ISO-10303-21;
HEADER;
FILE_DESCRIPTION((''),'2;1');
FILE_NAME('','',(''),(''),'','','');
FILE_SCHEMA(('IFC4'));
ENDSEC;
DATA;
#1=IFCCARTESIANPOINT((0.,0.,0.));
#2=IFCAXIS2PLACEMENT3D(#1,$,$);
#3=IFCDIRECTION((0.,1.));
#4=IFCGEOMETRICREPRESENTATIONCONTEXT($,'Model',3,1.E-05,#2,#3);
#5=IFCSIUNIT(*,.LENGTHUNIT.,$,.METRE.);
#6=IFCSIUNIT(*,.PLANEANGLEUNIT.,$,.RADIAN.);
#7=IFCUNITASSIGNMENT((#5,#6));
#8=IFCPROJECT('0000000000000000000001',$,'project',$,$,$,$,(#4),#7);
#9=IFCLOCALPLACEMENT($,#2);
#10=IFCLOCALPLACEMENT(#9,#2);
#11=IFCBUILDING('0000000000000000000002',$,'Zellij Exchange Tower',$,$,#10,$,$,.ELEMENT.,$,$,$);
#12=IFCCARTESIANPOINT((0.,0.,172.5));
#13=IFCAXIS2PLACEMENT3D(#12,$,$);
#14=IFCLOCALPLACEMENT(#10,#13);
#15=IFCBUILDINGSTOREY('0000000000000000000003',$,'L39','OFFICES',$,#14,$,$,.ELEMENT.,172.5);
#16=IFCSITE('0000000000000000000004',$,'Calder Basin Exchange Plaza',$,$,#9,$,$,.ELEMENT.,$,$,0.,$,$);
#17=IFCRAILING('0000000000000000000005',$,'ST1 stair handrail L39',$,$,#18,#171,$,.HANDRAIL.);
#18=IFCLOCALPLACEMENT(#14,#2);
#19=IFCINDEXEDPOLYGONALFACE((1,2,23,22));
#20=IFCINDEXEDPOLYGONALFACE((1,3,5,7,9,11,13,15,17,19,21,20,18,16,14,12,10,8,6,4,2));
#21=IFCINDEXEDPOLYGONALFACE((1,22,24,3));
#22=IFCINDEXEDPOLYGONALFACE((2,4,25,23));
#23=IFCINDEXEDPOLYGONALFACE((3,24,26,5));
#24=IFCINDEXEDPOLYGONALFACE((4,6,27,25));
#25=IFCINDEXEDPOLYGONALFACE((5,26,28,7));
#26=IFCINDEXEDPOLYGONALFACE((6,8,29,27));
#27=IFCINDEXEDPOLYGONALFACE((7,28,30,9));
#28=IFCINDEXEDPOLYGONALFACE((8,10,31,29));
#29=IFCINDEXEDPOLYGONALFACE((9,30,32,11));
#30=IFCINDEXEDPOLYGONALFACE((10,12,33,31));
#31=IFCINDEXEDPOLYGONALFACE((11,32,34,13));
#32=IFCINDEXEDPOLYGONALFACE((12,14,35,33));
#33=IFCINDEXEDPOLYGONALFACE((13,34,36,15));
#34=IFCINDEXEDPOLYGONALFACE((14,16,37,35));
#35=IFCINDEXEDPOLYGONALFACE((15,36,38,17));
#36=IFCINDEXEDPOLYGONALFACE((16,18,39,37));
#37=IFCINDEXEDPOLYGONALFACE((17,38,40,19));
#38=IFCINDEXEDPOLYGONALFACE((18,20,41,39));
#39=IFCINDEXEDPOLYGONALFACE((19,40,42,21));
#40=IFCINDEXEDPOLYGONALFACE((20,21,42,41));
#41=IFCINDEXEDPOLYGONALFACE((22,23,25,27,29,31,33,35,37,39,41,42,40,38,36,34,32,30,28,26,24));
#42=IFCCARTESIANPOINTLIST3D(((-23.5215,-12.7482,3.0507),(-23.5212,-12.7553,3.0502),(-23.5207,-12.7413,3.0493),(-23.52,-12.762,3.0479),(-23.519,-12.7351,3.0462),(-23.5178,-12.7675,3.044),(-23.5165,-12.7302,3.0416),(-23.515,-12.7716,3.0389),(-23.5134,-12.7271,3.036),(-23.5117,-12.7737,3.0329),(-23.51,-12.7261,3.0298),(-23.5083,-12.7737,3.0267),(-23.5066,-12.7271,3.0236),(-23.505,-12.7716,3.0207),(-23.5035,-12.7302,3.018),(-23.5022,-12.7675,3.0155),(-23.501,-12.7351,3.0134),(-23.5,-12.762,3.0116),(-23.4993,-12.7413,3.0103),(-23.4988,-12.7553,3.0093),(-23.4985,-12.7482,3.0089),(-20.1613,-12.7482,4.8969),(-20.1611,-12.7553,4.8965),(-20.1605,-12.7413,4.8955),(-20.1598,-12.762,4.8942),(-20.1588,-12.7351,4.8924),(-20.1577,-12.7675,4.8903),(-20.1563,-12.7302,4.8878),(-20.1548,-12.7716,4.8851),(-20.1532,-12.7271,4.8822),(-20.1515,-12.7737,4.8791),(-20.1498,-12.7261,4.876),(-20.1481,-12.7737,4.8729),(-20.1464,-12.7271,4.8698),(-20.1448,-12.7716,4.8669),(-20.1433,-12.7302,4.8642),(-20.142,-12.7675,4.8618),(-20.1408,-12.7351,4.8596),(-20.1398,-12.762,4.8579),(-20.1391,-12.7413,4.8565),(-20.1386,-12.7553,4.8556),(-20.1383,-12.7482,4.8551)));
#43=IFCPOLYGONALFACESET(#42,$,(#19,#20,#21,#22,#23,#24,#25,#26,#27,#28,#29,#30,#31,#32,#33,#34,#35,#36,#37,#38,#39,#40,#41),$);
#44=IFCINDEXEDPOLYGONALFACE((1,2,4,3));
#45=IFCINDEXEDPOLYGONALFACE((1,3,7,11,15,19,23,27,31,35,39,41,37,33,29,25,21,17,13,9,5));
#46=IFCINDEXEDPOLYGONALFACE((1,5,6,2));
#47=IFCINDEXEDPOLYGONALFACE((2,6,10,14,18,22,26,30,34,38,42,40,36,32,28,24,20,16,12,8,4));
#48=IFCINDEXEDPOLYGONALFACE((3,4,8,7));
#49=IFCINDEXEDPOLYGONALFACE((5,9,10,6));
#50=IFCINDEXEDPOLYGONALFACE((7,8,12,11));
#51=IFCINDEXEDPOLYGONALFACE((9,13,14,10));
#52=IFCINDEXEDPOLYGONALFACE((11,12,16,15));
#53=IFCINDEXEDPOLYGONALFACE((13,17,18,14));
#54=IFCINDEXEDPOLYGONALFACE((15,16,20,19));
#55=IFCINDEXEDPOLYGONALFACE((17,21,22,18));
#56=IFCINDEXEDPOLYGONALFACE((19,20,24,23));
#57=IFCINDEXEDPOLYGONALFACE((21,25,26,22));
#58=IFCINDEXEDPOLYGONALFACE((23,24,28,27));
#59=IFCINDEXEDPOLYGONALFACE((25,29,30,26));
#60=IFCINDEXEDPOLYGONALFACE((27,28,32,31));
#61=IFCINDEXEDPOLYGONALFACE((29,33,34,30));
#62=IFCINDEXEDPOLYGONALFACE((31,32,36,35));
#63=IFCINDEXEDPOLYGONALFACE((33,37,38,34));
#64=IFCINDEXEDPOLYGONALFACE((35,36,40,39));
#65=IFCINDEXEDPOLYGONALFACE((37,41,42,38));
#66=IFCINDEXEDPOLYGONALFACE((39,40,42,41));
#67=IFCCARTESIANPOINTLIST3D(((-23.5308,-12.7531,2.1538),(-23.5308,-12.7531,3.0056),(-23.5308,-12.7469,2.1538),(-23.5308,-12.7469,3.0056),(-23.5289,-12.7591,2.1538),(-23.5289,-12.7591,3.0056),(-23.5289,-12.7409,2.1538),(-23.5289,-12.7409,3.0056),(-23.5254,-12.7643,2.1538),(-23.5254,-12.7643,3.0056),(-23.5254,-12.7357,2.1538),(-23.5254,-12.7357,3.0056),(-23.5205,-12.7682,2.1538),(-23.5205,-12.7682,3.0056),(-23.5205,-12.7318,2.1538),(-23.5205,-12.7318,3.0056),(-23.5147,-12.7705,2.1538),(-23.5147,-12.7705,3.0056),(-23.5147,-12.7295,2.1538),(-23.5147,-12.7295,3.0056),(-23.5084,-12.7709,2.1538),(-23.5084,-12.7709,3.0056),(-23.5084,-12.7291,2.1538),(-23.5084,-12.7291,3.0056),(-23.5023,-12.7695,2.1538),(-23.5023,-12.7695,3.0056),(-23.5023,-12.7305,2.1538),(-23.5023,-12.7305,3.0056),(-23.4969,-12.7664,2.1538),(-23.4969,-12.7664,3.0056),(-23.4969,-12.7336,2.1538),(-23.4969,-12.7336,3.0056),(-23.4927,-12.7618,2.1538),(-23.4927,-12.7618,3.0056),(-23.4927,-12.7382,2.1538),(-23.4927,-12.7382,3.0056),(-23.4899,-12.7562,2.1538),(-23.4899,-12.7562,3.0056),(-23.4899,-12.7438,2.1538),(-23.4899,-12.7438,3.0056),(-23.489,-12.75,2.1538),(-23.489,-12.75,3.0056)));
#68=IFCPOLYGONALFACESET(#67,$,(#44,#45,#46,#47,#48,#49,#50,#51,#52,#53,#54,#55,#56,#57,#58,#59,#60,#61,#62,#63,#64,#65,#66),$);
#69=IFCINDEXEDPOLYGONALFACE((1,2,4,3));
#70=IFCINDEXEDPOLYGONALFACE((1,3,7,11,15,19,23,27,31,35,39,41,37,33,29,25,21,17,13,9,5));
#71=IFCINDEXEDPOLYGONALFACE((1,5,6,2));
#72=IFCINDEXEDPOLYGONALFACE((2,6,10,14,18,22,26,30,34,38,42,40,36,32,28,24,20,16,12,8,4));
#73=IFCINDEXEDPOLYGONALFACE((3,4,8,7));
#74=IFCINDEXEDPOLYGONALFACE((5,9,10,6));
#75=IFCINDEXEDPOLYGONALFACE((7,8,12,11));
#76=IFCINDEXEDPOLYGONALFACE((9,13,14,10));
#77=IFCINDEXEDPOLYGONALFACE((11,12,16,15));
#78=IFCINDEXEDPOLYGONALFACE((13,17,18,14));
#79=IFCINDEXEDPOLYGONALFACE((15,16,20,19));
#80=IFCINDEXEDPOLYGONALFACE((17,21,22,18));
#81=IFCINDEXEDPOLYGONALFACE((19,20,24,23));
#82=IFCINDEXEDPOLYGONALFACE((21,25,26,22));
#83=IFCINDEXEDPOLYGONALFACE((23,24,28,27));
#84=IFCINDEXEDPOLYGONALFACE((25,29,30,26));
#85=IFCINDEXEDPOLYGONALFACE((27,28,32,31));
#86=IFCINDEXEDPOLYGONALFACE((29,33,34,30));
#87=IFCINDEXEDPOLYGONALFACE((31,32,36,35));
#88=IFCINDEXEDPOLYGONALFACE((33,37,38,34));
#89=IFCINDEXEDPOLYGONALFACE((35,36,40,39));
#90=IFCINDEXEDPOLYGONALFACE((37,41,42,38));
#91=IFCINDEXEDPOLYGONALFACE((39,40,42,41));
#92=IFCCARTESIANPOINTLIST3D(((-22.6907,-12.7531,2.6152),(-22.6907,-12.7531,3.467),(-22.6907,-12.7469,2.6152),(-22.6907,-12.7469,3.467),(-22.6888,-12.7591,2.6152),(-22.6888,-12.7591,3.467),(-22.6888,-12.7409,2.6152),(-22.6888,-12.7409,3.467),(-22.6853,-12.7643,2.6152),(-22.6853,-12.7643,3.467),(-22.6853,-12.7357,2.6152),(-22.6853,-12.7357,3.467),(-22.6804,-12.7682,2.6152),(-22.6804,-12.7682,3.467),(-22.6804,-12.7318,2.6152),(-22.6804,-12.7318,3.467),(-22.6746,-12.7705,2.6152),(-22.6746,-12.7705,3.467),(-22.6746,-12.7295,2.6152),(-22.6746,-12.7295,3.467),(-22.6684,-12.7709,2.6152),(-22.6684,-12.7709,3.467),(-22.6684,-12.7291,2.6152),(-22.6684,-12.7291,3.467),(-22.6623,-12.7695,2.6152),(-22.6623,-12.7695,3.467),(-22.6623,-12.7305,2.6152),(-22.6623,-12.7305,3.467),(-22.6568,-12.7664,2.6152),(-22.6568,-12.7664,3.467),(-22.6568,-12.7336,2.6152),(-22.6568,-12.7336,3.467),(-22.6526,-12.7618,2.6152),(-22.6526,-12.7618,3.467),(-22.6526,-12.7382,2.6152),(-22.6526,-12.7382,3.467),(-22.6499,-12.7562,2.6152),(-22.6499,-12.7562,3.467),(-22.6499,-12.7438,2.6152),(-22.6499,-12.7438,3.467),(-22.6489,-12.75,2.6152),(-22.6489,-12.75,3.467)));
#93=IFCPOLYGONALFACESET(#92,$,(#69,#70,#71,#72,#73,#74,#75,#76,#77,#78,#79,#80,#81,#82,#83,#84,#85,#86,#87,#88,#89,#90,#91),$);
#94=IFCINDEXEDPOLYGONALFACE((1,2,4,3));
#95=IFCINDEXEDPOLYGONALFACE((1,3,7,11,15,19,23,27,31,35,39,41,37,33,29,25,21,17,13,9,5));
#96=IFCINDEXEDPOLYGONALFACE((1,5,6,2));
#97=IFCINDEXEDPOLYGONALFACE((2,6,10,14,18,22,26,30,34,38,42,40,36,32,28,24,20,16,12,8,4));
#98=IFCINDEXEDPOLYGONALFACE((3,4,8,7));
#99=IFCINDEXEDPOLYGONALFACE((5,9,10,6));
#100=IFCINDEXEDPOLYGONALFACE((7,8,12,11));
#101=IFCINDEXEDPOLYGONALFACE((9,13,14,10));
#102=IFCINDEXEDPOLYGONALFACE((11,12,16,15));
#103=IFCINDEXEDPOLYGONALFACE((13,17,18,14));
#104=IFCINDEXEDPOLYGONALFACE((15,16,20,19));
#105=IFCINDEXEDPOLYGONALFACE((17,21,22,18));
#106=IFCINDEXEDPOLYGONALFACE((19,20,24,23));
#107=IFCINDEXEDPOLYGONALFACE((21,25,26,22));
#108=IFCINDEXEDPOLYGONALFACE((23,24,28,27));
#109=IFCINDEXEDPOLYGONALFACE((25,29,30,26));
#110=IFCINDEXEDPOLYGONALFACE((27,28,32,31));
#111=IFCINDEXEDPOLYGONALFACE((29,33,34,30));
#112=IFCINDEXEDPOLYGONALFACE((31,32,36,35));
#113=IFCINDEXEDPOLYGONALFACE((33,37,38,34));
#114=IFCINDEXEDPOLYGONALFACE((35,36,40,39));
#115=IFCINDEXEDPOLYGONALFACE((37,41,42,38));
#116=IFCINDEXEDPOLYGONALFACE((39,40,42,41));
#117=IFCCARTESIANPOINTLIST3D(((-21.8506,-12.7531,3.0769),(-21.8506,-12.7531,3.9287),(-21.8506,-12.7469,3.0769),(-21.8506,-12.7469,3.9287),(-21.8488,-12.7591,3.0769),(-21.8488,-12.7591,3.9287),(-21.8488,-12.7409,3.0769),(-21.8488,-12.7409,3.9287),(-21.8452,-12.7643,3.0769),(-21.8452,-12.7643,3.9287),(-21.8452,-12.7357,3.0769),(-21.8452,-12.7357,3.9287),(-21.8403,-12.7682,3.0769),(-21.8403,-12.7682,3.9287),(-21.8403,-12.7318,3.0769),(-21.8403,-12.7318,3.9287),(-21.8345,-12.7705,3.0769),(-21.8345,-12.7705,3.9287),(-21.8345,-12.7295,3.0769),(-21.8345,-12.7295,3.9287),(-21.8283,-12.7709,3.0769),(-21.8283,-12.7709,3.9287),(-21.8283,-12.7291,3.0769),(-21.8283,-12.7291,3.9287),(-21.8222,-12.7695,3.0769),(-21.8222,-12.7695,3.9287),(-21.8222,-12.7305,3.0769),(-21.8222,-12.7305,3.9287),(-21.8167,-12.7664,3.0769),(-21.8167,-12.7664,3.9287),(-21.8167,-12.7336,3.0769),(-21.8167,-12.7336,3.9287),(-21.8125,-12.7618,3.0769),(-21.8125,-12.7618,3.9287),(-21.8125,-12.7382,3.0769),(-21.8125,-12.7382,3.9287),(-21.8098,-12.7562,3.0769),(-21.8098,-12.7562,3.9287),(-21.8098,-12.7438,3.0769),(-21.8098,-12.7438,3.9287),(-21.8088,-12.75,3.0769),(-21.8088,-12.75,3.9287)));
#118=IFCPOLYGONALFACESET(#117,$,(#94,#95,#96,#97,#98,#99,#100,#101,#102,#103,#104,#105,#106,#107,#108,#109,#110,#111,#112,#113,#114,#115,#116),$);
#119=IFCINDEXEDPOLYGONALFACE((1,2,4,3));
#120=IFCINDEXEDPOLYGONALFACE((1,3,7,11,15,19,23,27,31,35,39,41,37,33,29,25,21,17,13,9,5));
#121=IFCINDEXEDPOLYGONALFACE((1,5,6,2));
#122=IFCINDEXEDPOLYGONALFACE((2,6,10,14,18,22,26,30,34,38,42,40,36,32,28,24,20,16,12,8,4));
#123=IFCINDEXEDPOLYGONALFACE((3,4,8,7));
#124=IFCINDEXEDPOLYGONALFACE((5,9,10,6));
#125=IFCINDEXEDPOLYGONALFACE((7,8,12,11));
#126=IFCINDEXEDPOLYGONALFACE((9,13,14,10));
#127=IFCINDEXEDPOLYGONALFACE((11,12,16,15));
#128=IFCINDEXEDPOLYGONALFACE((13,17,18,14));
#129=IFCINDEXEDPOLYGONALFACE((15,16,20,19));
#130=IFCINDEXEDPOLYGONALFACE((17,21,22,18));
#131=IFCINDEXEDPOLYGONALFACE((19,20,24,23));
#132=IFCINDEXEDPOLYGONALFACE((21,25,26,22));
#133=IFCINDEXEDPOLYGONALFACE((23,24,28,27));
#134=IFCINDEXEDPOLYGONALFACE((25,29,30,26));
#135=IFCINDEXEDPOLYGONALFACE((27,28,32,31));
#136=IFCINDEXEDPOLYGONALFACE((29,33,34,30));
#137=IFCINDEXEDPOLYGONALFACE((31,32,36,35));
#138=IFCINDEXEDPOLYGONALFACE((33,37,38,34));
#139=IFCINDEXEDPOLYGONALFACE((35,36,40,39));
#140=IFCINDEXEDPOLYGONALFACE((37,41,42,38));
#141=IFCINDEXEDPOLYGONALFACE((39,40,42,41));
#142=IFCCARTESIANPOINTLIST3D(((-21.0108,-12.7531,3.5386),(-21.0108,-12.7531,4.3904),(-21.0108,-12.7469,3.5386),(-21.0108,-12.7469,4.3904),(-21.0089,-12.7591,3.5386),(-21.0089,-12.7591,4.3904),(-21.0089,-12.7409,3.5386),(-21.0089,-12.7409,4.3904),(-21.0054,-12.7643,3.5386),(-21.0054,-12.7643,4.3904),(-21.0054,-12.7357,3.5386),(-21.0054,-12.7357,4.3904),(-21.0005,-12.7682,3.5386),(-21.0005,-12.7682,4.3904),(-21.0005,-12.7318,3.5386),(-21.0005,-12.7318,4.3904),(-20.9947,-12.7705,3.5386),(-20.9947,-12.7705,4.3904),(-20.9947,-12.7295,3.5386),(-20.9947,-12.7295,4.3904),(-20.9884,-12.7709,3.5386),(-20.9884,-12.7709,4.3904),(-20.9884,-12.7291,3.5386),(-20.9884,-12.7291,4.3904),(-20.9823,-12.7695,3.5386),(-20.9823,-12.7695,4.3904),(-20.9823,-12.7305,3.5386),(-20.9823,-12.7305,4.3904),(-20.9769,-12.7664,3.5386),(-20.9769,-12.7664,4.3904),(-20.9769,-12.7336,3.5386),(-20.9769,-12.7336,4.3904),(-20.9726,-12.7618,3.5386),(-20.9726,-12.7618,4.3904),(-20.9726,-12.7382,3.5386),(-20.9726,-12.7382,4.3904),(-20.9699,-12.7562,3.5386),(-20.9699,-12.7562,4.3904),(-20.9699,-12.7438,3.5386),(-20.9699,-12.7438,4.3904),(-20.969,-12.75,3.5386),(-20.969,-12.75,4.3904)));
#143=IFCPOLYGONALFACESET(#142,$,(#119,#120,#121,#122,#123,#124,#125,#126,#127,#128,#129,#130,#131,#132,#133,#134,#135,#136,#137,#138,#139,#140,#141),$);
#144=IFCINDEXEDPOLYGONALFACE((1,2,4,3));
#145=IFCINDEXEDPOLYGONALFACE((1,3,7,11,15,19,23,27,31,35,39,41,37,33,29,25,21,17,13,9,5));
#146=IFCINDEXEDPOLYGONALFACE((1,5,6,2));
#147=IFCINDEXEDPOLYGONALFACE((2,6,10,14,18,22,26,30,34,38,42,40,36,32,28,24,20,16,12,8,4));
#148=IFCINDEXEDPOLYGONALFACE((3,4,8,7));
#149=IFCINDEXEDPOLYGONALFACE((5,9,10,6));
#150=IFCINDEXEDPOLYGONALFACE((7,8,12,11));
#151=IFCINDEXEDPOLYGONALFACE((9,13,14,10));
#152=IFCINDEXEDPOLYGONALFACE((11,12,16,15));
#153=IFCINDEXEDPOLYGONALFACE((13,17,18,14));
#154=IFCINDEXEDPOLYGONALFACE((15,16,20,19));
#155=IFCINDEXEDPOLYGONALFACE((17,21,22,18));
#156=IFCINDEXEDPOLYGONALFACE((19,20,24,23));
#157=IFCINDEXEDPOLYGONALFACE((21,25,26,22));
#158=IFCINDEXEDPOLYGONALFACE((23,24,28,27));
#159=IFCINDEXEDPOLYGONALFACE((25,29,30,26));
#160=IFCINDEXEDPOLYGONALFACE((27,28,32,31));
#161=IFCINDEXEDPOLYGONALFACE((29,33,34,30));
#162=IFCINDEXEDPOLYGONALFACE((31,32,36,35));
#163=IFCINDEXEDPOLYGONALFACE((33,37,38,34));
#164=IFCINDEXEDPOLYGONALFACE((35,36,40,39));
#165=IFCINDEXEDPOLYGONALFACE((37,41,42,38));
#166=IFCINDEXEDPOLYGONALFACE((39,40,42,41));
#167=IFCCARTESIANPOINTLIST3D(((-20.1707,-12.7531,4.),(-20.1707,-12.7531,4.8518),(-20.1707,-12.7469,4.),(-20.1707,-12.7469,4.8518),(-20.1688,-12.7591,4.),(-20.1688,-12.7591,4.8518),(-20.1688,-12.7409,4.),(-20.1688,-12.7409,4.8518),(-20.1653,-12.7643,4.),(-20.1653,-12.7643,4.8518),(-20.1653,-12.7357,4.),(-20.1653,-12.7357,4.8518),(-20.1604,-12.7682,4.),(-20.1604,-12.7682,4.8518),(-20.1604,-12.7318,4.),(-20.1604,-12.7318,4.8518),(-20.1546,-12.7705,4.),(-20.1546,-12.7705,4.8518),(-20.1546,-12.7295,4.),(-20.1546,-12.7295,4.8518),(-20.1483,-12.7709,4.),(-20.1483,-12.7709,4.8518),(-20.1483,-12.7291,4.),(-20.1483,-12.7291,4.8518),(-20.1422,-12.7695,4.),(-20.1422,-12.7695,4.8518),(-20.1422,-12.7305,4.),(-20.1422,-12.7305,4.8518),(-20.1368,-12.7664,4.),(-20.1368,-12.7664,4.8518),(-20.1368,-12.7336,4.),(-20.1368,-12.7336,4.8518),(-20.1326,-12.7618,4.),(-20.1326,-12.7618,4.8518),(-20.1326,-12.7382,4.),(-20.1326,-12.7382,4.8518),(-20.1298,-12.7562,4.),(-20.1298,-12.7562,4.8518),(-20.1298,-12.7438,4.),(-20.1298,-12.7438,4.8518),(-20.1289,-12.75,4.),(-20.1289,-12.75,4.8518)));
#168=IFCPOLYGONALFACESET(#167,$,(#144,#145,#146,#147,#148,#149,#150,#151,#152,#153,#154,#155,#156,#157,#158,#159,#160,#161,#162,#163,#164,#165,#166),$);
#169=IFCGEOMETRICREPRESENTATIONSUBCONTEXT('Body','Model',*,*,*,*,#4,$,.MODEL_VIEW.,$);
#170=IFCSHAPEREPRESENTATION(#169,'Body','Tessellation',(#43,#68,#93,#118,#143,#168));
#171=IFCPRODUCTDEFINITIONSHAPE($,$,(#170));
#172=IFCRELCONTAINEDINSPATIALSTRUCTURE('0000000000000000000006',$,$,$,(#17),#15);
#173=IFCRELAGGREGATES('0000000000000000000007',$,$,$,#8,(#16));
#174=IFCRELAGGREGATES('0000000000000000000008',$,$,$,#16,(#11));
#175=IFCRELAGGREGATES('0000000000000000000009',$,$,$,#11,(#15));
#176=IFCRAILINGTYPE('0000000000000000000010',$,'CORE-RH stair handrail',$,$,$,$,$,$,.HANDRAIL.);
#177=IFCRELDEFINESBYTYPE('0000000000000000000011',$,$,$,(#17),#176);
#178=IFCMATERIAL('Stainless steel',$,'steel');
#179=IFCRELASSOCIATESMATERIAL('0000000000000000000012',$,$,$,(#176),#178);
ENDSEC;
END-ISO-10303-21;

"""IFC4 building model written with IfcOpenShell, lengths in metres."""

from ifc_helpers import new_model, si_unit, direction, frame, origin, origin_2d, place, context, subcontext, project, spatial, circle, extrude, material, type_object, element, save


model = new_model("IFC4")

# Units and contexts
model_context = context("Model", 3, precision=1e-05, world=origin(), true_north=direction((0.0, 1.0)))
body_context = subcontext(model_context, "Body", "Model", "MODEL_VIEW")
ifc_project = project(units=[si_unit("LENGTHUNIT", "METRE"), si_unit("PLANEANGLEUNIT", "RADIAN")], contexts=[model_context])

# Site, building, storey
site_placement = place(None, origin())
site = spatial("IfcSite", under=ifc_project, at=site_placement, Name="Calder Basin Exchange Plaza", CompositionType="ELEMENT", RefElevation=0.0)
building_placement = place(site_placement, origin())
building = spatial("IfcBuilding", under=site, at=building_placement, Name="Zellij Exchange Tower", CompositionType="ELEMENT")
storey_placement = place(building_placement, frame((0.0, 0.0, 172.5)))
storey = spatial("IfcBuildingStorey", under=building, at=storey_placement, Name="L39", Description="OFFICES", CompositionType="ELEMENT", Elevation=172.5)

# Railing
ifc_material_1 = material(Name="Stainless steel", Category="steel")
railing_type_1 = type_object("IfcRailingType", Name="CORE-RH stair handrail", PredefinedType="HANDRAIL", material=ifc_material_1)
railing_1_placement = place(storey_placement, frame((-23.51, -12.75, 2.1538)))
element("IfcRailing", 1, at=railing_1_placement, inside=storey, type_object=railing_type_1, Name="ST1 stair handrail L39", PredefinedType="HANDRAIL", context=body_context, shape_type="SweptSolid", body=[
    extrude(circle(Radius=0.0239, at=origin_2d()), frame((0.0, 0.0, 0.876), z_axis=(0.876422, 0.0, 0.481545), x_axis=(0.0, 1.0, 0.0)), (0.0, 0.0, 1.0), 3.834),
    extrude(circle(Radius=0.021, at=origin_2d()), origin(), (0.0, 0.0, 1.0), 0.8518),
    extrude(circle(Radius=0.021, at=origin_2d()), frame((0.8401, 0.0, 0.4614)), (0.0, 0.0, 1.0), 0.8518),
    extrude(circle(Radius=0.021, at=origin_2d()), frame((1.6802, 0.0, 0.9231)), (0.0, 0.0, 1.0), 0.8518),
    extrude(circle(Radius=0.021, at=origin_2d()), frame((2.52, 0.0, 1.3848)), (0.0, 0.0, 1.0), 0.8518),
    extrude(circle(Radius=0.021, at=origin_2d()), frame((3.3601, 0.0, 1.8462)), (0.0, 0.0, 1.0), 0.8518),
])

save(model, "model.ifc")
